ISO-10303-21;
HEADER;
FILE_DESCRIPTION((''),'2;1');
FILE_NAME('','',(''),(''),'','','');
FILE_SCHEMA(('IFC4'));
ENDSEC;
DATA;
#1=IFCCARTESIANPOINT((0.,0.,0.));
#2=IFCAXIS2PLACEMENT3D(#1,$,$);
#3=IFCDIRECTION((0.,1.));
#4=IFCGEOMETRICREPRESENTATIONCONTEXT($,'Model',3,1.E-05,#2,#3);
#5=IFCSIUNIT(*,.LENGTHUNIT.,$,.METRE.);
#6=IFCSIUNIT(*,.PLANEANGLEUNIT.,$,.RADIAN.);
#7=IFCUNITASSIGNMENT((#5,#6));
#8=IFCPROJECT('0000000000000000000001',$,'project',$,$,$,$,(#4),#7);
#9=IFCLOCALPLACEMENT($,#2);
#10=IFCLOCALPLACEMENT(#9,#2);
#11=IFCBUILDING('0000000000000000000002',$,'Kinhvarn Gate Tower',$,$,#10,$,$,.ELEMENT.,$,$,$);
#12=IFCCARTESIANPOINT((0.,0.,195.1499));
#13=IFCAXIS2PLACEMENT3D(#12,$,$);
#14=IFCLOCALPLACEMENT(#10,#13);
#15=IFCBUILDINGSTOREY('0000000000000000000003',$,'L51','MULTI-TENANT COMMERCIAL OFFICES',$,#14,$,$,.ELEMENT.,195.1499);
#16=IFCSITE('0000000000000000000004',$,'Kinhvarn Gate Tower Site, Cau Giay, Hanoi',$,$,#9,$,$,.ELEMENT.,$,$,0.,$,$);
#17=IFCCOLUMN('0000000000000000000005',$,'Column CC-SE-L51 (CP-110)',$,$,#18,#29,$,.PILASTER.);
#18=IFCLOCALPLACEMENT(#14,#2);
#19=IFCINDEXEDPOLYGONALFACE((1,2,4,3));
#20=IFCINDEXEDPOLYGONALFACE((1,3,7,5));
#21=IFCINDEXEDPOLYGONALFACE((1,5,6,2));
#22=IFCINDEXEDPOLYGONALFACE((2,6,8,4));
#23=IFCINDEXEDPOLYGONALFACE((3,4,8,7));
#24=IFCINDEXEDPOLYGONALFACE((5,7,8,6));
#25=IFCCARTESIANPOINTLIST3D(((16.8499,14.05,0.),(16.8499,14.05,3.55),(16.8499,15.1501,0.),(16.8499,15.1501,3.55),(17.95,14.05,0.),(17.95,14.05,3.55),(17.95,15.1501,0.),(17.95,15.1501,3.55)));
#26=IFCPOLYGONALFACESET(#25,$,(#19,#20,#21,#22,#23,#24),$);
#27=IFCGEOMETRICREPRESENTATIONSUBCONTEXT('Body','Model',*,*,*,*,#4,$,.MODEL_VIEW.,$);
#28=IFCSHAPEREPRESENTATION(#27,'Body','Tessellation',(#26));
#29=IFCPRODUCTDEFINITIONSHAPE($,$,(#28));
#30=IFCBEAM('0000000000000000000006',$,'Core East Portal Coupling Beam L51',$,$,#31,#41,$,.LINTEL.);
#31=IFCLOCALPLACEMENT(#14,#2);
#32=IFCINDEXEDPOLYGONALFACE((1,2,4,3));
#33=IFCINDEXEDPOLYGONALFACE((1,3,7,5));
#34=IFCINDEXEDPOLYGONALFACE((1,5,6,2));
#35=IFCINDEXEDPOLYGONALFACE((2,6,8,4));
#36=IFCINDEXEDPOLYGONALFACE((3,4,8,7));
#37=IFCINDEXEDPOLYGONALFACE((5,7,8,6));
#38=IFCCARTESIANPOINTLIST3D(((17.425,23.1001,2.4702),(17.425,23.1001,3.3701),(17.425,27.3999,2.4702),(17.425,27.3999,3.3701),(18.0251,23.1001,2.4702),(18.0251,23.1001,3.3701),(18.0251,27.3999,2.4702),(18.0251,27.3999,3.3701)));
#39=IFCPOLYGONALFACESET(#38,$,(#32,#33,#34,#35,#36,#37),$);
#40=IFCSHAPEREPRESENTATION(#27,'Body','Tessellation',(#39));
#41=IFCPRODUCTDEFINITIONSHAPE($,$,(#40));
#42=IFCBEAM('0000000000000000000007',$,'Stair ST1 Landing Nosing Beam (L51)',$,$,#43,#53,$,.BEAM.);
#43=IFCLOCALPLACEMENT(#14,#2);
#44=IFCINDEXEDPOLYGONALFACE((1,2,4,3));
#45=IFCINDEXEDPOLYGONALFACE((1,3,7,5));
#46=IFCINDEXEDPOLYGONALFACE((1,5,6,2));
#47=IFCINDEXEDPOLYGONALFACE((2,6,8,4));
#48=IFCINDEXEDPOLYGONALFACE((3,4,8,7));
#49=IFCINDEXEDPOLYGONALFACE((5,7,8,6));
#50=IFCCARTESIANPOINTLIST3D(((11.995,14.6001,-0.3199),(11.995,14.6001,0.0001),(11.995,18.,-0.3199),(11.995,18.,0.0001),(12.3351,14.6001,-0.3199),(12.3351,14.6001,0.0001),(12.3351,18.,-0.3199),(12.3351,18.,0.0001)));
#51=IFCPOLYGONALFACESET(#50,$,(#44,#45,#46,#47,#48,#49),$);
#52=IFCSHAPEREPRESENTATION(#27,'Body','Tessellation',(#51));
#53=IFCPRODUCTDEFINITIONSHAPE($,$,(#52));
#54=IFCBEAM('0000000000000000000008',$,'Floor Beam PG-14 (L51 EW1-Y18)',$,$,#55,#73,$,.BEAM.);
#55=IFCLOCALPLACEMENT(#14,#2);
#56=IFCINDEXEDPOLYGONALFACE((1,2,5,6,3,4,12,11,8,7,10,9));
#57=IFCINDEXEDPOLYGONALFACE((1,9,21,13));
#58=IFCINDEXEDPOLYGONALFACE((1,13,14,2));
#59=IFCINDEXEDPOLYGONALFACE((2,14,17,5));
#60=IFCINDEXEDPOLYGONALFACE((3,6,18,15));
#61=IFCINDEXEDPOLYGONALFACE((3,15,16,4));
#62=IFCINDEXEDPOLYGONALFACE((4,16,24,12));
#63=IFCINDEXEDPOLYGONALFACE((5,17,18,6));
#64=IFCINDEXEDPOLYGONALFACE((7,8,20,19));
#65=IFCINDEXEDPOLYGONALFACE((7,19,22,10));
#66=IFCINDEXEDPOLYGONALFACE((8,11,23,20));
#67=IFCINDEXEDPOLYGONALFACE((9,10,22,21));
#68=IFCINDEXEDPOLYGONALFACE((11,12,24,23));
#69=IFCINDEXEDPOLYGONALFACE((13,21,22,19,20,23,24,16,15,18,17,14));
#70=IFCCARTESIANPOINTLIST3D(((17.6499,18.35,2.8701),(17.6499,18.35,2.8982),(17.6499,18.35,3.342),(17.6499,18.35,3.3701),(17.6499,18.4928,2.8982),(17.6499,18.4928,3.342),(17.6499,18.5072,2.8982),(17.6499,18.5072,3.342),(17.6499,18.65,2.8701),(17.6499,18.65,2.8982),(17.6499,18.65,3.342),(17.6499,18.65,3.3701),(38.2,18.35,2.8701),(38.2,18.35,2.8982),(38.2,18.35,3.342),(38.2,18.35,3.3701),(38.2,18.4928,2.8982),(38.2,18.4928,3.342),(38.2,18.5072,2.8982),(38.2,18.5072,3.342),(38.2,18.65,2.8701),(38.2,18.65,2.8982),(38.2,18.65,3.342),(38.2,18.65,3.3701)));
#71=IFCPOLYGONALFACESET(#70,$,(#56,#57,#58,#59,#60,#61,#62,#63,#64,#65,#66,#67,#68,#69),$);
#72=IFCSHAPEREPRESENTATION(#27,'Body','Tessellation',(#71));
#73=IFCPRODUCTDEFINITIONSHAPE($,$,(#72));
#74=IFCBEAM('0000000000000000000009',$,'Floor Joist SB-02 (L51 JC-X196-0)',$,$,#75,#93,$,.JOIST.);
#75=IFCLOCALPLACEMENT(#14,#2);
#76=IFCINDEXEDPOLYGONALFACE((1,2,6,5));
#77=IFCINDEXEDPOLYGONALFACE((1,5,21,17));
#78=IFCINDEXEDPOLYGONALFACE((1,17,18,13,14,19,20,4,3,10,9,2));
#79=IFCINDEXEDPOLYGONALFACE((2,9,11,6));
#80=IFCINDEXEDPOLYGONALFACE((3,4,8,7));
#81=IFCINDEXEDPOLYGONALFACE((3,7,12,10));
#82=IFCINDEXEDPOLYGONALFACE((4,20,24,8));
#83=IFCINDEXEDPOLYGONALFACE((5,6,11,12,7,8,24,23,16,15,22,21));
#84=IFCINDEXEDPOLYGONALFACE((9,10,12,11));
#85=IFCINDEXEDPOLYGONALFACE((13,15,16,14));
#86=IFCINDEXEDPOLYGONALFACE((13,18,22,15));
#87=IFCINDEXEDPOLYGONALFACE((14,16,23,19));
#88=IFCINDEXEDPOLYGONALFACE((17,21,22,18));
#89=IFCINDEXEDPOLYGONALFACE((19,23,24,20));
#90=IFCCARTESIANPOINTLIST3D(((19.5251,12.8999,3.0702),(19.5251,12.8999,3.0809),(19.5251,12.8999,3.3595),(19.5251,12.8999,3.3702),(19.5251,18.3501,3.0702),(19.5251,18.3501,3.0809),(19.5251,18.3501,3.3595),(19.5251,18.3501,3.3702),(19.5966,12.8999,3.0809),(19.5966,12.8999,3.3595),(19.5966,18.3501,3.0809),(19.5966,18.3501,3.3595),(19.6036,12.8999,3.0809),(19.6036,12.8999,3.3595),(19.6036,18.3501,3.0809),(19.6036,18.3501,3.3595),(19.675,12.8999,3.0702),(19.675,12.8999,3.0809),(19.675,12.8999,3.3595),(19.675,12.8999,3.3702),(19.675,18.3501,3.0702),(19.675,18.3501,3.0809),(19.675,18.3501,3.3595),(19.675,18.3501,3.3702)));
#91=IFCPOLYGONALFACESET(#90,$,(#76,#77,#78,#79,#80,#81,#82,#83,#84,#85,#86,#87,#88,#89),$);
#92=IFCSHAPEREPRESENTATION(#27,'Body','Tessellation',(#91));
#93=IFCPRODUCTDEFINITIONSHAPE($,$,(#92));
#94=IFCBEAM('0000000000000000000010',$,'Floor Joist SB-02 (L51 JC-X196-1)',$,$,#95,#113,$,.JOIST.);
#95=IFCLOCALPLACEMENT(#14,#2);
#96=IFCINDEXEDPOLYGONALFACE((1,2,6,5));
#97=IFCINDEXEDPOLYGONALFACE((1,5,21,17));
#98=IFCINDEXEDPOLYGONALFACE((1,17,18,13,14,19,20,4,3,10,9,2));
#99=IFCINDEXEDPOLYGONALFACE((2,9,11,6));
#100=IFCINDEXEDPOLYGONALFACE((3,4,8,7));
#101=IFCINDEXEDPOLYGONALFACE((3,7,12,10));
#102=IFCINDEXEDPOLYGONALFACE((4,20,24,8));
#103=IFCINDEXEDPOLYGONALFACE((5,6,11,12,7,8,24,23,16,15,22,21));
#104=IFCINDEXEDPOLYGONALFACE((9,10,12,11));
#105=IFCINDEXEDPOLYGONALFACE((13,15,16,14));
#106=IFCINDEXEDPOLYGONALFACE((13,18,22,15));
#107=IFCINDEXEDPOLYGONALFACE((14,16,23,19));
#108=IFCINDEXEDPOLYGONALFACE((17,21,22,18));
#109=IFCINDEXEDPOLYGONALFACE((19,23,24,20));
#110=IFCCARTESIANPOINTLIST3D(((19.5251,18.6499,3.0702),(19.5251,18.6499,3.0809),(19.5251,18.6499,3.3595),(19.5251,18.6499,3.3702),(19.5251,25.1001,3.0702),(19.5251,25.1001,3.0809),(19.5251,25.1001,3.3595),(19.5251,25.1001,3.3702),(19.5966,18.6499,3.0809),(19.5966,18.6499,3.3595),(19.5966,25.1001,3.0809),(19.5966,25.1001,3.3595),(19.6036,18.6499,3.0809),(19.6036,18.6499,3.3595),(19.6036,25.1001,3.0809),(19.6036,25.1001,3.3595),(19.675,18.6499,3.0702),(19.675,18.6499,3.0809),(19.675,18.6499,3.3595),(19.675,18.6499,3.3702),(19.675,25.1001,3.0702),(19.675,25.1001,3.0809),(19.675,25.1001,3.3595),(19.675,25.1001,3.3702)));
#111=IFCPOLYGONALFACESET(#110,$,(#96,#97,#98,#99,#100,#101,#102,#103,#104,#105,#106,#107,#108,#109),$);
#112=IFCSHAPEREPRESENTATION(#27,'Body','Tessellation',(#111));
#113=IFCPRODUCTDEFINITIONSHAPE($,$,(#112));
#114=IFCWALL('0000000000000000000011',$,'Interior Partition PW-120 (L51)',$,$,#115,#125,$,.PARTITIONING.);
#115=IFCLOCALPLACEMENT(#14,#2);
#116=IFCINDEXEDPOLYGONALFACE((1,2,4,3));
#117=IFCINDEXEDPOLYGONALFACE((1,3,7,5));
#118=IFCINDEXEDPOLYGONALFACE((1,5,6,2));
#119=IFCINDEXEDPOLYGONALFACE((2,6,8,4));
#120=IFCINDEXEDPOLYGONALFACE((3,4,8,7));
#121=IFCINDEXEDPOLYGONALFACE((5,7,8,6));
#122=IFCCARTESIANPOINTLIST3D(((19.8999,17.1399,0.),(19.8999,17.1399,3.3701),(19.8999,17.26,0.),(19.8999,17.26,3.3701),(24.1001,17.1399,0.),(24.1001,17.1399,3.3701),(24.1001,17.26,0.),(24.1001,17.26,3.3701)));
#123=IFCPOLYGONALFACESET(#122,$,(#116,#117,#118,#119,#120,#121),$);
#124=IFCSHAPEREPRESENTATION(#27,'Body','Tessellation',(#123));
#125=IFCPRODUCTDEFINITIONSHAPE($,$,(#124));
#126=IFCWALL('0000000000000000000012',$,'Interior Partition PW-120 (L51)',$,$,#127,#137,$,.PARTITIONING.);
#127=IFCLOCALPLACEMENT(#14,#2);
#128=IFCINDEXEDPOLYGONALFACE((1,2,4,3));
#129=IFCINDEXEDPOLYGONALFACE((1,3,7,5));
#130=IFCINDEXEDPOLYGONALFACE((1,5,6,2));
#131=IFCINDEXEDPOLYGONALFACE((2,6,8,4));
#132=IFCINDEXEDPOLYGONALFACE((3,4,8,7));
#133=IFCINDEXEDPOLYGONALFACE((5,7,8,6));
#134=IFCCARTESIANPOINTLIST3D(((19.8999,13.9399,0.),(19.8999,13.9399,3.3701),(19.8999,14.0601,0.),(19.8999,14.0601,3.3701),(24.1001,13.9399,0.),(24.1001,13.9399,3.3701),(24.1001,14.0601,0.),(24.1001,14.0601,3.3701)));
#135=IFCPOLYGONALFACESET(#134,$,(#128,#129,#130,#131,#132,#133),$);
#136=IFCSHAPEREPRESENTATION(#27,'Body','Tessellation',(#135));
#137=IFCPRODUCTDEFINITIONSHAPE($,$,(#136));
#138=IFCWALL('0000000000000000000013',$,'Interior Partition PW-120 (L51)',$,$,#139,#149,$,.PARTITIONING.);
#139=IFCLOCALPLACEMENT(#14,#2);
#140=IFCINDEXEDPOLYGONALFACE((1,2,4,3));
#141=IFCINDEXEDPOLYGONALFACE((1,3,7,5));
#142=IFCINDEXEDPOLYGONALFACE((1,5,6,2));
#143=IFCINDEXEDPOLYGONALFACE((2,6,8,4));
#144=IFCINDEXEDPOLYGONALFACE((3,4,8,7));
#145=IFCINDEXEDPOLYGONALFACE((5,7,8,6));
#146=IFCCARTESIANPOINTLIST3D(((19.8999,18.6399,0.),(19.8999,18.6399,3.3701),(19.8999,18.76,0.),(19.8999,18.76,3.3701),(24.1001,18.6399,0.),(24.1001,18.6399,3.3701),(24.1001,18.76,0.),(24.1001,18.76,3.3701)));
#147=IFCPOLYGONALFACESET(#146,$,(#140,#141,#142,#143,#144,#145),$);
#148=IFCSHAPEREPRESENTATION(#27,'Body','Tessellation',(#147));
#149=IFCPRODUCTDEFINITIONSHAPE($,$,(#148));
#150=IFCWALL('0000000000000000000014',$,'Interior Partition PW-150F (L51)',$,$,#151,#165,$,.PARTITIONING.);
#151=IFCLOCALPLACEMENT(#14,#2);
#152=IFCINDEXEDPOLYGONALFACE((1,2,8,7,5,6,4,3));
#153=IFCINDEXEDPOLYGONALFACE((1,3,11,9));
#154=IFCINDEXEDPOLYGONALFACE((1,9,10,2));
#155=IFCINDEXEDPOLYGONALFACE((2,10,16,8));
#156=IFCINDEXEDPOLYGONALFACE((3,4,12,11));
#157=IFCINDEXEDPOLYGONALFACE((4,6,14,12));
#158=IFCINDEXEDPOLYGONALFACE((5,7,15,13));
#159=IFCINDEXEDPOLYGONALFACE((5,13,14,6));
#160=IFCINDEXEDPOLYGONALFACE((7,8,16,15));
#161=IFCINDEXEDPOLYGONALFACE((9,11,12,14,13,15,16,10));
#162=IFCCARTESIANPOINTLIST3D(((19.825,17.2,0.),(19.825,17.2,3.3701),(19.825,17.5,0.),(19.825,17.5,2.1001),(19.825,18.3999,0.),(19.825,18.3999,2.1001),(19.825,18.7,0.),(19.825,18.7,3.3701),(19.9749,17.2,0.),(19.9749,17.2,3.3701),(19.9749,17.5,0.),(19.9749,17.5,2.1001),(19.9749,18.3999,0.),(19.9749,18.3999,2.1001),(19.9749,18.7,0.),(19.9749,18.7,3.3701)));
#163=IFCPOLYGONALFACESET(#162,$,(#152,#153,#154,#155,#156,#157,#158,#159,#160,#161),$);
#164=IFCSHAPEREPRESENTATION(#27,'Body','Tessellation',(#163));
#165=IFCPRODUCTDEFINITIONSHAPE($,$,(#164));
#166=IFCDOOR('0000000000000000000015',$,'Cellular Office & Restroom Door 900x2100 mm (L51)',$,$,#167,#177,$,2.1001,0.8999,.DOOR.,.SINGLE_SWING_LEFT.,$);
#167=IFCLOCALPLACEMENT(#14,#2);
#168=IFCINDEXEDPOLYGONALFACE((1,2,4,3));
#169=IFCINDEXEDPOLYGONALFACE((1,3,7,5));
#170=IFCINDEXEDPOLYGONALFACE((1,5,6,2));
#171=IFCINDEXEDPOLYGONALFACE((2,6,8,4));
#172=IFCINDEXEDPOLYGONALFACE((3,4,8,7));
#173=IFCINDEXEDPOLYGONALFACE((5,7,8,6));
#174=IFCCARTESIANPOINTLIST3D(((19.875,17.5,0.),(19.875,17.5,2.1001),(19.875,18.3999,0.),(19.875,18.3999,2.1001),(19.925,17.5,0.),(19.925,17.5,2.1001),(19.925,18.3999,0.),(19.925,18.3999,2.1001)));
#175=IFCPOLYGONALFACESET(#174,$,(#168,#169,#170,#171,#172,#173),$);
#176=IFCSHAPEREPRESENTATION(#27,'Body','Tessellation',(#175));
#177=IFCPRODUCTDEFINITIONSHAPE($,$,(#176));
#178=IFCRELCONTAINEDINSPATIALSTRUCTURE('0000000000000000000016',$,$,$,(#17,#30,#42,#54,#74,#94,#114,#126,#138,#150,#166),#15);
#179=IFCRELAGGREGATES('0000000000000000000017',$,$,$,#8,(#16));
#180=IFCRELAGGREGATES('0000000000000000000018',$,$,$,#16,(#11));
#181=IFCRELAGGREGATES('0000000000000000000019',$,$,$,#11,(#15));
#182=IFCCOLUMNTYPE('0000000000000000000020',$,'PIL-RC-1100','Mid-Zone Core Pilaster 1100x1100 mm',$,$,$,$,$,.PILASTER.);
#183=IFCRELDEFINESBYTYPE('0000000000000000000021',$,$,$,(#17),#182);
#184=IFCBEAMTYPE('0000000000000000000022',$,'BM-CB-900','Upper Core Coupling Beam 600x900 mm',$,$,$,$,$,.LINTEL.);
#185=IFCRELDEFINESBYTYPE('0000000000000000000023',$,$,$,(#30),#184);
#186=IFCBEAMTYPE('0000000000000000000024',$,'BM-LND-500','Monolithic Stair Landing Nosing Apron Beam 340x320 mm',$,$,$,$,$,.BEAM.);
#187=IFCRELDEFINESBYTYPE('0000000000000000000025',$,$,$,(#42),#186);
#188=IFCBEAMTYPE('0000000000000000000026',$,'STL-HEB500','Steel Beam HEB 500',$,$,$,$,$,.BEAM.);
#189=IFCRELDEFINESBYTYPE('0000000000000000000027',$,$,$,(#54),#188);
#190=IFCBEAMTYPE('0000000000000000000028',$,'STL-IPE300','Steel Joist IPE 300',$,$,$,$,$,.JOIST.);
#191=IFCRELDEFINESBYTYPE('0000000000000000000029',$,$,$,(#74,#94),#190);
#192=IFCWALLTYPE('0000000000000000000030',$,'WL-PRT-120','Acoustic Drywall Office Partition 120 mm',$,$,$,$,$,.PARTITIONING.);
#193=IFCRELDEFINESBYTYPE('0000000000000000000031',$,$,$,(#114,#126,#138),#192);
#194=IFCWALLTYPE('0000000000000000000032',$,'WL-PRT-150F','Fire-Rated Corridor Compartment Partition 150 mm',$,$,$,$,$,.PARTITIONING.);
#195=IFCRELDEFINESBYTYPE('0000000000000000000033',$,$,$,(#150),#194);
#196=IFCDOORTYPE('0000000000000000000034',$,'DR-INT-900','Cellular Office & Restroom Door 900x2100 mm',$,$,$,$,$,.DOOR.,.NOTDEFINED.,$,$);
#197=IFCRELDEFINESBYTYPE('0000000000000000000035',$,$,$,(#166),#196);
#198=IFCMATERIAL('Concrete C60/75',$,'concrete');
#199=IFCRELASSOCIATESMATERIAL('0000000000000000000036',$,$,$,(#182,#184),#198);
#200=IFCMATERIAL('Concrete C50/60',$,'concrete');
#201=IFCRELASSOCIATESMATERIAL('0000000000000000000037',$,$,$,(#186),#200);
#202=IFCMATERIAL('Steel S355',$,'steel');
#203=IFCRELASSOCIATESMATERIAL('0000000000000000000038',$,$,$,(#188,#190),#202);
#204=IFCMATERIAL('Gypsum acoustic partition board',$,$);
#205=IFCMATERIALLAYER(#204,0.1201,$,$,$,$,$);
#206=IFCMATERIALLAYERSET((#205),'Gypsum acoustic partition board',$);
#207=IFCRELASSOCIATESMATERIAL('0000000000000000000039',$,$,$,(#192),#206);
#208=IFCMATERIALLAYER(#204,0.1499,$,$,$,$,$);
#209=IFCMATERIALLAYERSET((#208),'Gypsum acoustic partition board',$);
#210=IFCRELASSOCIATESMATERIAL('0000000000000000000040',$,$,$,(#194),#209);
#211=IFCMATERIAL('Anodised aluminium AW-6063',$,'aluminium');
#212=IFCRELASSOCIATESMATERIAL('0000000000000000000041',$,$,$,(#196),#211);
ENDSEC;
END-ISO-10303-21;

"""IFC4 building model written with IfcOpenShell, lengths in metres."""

from ifc_helpers import new_model, si_unit, direction, frame, frame_2d, origin, origin_2d, place, context, subcontext, project, spatial, rectangle, i_section, extrude, material, layer, layer_set, material_profile, profile_set, type_object, element, fill, save


model = new_model("IFC4")

# Units and contexts
model_context = context("Model", 3, precision=1e-05, world=origin(), true_north=direction((0.0, 1.0)))
body_context = subcontext(model_context, "Body", "Model", "MODEL_VIEW")
ifc_project = project(units=[si_unit("LENGTHUNIT", "METRE"), si_unit("PLANEANGLEUNIT", "RADIAN")], contexts=[model_context])

# Site, building, storey
site_placement = place(None, origin())
site = spatial("IfcSite", under=ifc_project, at=site_placement, Name="Kinhvarn Gate Tower Site, Cau Giay, Hanoi", CompositionType="ELEMENT", RefElevation=0.0)
building_placement = place(site_placement, origin())
building = spatial("IfcBuilding", under=site, at=building_placement, Name="Kinhvarn Gate Tower", CompositionType="ELEMENT")
storey_placement = place(building_placement, frame((0.0, 0.0, 195.1499)))
storey = spatial("IfcBuildingStorey", under=building, at=storey_placement, Name="L51", Description="MULTI-TENANT COMMERCIAL OFFICES", CompositionType="ELEMENT", Elevation=195.1499)

# Column
ifc_material_1 = material(Name="Concrete C60/75", Category="concrete")
ifc_material_profile_1 = material_profile(ifc_material_1, rectangle(XDim=1.1001, YDim=1.1001, at=origin_2d()), Name="RC 1100x1100")
ifc_profile_set_1 = profile_set([ifc_material_profile_1], Name="Concrete C60/75")
column_type = type_object("IfcColumnType", Name="PIL-RC-1100", Description="Mid-Zone Core Pilaster 1100x1100 mm", PredefinedType="PILASTER", material=ifc_profile_set_1)
column_placement = place(storey_placement, frame((17.3999, 14.6001, 0.0), z_axis=(0.0, 0.0, 1.0), x_axis=(1.0, 0.0, 0.0)))
element("IfcColumn", 1, at=column_placement, inside=storey, type_object=column_type, Name="Column CC-SE-L51 (CP-110)", PredefinedType="PILASTER", context=body_context, shape_type="SweptSolid", body=[
    extrude(rectangle(XDim=1.1001, YDim=1.1001, at=origin_2d()), origin(), (0.0, 0.0, 1.0), 3.55),
])

# Beams
ifc_material_profile_2 = material_profile(ifc_material_1, rectangle(XDim=0.6001, YDim=0.8999, at=origin_2d()), Name="RC 600x900")
ifc_profile_set_2 = profile_set([ifc_material_profile_2], Name="Concrete C60/75")
beam_type_1 = type_object("IfcBeamType", Name="BM-CB-900", Description="Upper Core Coupling Beam 600x900 mm", PredefinedType="LINTEL", material=ifc_profile_set_2)
beam_1_placement = place(storey_placement, frame((17.7251, 23.1001, 2.9202), z_axis=(0.0, 1.0, 0.0), x_axis=(-1.0, 0.0, 0.0)))
element("IfcBeam", 2, at=beam_1_placement, inside=storey, type_object=beam_type_1, Name="Core East Portal Coupling Beam L51", PredefinedType="LINTEL", context=body_context, shape_type="SweptSolid", body=[
    extrude(rectangle(XDim=0.6001, YDim=0.8999, at=origin_2d()), origin(), (0.0, 0.0, 1.0), 4.2998),
])
ifc_material_2 = material(Name="Concrete C50/60", Category="concrete")
ifc_material_profile_3 = material_profile(ifc_material_2, rectangle(XDim=0.3401, YDim=0.3201, at=origin_2d()), Name="RC 340x320")
ifc_profile_set_3 = profile_set([ifc_material_profile_3], Name="Concrete C50/60")
beam_type_2 = type_object("IfcBeamType", Name="BM-LND-500", Description="Monolithic Stair Landing Nosing Apron Beam 340x320 mm", PredefinedType="BEAM", material=ifc_profile_set_3)
beam_2_placement = place(storey_placement, frame((12.165, 14.6001, -0.1599), z_axis=(0.0, 1.0, 0.0), x_axis=(-1.0, 0.0, 0.0)))
element("IfcBeam", 3, at=beam_2_placement, inside=storey, type_object=beam_type_2, Name="Stair ST1 Landing Nosing Beam (L51)", PredefinedType="BEAM", context=body_context, shape_type="SweptSolid", body=[
    extrude(rectangle(XDim=0.3401, YDim=0.3201, at=origin_2d()), origin(), (0.0, 0.0, 1.0), 3.3999),
])
ifc_material_3 = material(Name="Steel S355", Category="steel")
ifc_material_profile_4 = material_profile(ifc_material_3, i_section(OverallWidth=0.3, OverallDepth=0.5, WebThickness=0.0144, FlangeThickness=0.0281, at=origin_2d()), Name="HEB 500")
ifc_profile_set_4 = profile_set([ifc_material_profile_4], Name="Steel S355")
beam_type_3 = type_object("IfcBeamType", Name="STL-HEB500", Description="Steel Beam HEB 500", PredefinedType="BEAM", material=ifc_profile_set_4)
beam_3_placement = place(storey_placement, frame((17.6499, 18.5, 3.1201), z_axis=(1.0, 0.0, 0.0), x_axis=(0.0, 1.0, 0.0)))
element("IfcBeam", 4, at=beam_3_placement, inside=storey, type_object=beam_type_3, Name="Floor Beam PG-14 (L51 EW1-Y18)", PredefinedType="BEAM", context=body_context, shape_type="SweptSolid", body=[
    extrude(i_section(OverallWidth=0.3, OverallDepth=0.5, WebThickness=0.0144, FlangeThickness=0.0281, at=origin_2d()), origin(), (0.0, 0.0, 1.0), 20.55),
])
ifc_material_profile_5 = material_profile(ifc_material_3, i_section(OverallWidth=0.1499, OverallDepth=0.3, WebThickness=0.0071, FlangeThickness=0.0107, at=origin_2d()), Name="IPE 300")
ifc_profile_set_5 = profile_set([ifc_material_profile_5], Name="Steel S355")
beam_type_4 = type_object("IfcBeamType", Name="STL-IPE300", Description="Steel Joist IPE 300", PredefinedType="JOIST", material=ifc_profile_set_5)
beam_4_placement = place(storey_placement, frame((19.6001, 12.8999, 3.2202), z_axis=(0.0, 1.0, 0.0), x_axis=(-1.0, 0.0, 0.0)))
element("IfcBeam", 5, at=beam_4_placement, inside=storey, type_object=beam_type_4, Name="Floor Joist SB-02 (L51 JC-X196-0)", PredefinedType="JOIST", context=body_context, shape_type="SweptSolid", body=[
    extrude(i_section(OverallWidth=0.1499, OverallDepth=0.3, WebThickness=0.0071, FlangeThickness=0.0107, at=origin_2d()), origin(), (0.0, 0.0, 1.0), 5.4502),
])
beam_5_placement = place(storey_placement, frame((19.6001, 18.6499, 3.2202), z_axis=(0.0, 1.0, 0.0), x_axis=(-1.0, 0.0, 0.0)))
element("IfcBeam", 6, at=beam_5_placement, inside=storey, type_object=beam_type_4, Name="Floor Joist SB-02 (L51 JC-X196-1)", PredefinedType="JOIST", context=body_context, shape_type="SweptSolid", body=[
    extrude(i_section(OverallWidth=0.1499, OverallDepth=0.3, WebThickness=0.0071, FlangeThickness=0.0107, at=origin_2d()), origin(), (0.0, 0.0, 1.0), 6.4502),
])

# Shared definitions
ifc_material_4 = material(Name="Anodised aluminium AW-6063", Category="aluminium")

# Walls
ifc_material_5 = material(Name="Gypsum acoustic partition board")
ifc_layer_1 = layer(ifc_material_5, 0.1201)
ifc_layer_set_1 = layer_set([ifc_layer_1], Name="Gypsum acoustic partition board")
wall_type_1 = type_object("IfcWallType", Name="WL-PRT-120", Description="Acoustic Drywall Office Partition 120 mm", PredefinedType="PARTITIONING", material=ifc_layer_set_1)
for number, where, z_axis, x_axis, name in (
    (7, (19.8999, 17.2, 0.0), (0.0, 0.0, 1.0), (1.0, 0.0, 0.0), "Interior Partition PW-120 (L51)"),
    (8, (19.8999, 14.0, 0.0), (0.0, 0.0, 1.0), (1.0, 0.0, 0.0), "Interior Partition PW-120 (L51)"),
    (9, (19.8999, 18.7, 0.0), (0.0, 0.0, 1.0), (1.0, 0.0, 0.0), "Interior Partition PW-120 (L51)"),
):
    element("IfcWall", number, at=place(storey_placement, frame(where, z_axis=z_axis, x_axis=x_axis)), inside=storey, type_object=wall_type_1, Name=name, PredefinedType="PARTITIONING", context=body_context, shape_type="SweptSolid", body=[
        extrude(rectangle(XDim=4.2002, YDim=0.1201, at=frame_2d((2.1001, 0.0))), origin(), (0.0, 0.0, 1.0), 3.3701),
    ])

# Wall, opening, door
ifc_layer_2 = layer(ifc_material_5, 0.1499)
ifc_layer_set_2 = layer_set([ifc_layer_2], Name="Gypsum acoustic partition board")
wall_type_2 = type_object("IfcWallType", Name="WL-PRT-150F", Description="Fire-Rated Corridor Compartment Partition 150 mm", PredefinedType="PARTITIONING", material=ifc_layer_set_2)
wall_1_placement = place(storey_placement, frame((19.8999, 17.2, 0.0), z_axis=(0.0, 0.0, 1.0), x_axis=(0.0, 1.0, 0.0)))
wall_1 = element("IfcWall", 10, at=wall_1_placement, inside=storey, type_object=wall_type_2, Name="Interior Partition PW-150F (L51)", PredefinedType="PARTITIONING", context=body_context, shape_type="SweptSolid", body=[
    extrude(rectangle(XDim=1.5, YDim=0.1499, at=frame_2d((0.75, 0.0))), origin(), (0.0, 0.0, 1.0), 3.3701),
])
opening_1_placement = place(wall_1_placement, frame((0.3, 0.0, 0.0)))
opening_1 = element("IfcOpeningElement", 11, at=opening_1_placement, cuts=wall_1, PredefinedType="OPENING", context=body_context, shape_type="SweptSolid", body=[
    extrude(rectangle(XDim=0.8999, YDim=2.1001, at=frame_2d((0.45, 1.05))), frame((0.0, 0.085, 0.0), z_axis=(0.0, -1.0, 0.0), x_axis=(1.0, 0.0, 0.0)), (0.0, 0.0, 1.0), 0.1699),
])
door_type_1 = type_object("IfcDoorType", Name="DR-INT-900", Description="Cellular Office & Restroom Door 900x2100 mm", OperationType="NOTDEFINED", PredefinedType="DOOR", material=ifc_material_4)
door_1_placement = place(opening_1_placement, origin())
door_1 = element("IfcDoor", 12, at=door_1_placement, inside=storey, type_object=door_type_1, Name="Cellular Office & Restroom Door 900x2100 mm (L51)", OperationType="SINGLE_SWING_LEFT", OverallHeight=2.1001, OverallWidth=0.8999, PredefinedType="DOOR", context=body_context, shape_type="SweptSolid", body=[
    extrude(rectangle(XDim=0.8999, YDim=2.1001, at=frame_2d((0.45, 1.05))), frame((0.0, 0.0249, 0.0), z_axis=(0.0, -1.0, 0.0), x_axis=(1.0, 0.0, 0.0)), (0.0, 0.0, 1.0), 0.05),
])
fill(opening_1, door_1)

save(model, "model.ifc")
